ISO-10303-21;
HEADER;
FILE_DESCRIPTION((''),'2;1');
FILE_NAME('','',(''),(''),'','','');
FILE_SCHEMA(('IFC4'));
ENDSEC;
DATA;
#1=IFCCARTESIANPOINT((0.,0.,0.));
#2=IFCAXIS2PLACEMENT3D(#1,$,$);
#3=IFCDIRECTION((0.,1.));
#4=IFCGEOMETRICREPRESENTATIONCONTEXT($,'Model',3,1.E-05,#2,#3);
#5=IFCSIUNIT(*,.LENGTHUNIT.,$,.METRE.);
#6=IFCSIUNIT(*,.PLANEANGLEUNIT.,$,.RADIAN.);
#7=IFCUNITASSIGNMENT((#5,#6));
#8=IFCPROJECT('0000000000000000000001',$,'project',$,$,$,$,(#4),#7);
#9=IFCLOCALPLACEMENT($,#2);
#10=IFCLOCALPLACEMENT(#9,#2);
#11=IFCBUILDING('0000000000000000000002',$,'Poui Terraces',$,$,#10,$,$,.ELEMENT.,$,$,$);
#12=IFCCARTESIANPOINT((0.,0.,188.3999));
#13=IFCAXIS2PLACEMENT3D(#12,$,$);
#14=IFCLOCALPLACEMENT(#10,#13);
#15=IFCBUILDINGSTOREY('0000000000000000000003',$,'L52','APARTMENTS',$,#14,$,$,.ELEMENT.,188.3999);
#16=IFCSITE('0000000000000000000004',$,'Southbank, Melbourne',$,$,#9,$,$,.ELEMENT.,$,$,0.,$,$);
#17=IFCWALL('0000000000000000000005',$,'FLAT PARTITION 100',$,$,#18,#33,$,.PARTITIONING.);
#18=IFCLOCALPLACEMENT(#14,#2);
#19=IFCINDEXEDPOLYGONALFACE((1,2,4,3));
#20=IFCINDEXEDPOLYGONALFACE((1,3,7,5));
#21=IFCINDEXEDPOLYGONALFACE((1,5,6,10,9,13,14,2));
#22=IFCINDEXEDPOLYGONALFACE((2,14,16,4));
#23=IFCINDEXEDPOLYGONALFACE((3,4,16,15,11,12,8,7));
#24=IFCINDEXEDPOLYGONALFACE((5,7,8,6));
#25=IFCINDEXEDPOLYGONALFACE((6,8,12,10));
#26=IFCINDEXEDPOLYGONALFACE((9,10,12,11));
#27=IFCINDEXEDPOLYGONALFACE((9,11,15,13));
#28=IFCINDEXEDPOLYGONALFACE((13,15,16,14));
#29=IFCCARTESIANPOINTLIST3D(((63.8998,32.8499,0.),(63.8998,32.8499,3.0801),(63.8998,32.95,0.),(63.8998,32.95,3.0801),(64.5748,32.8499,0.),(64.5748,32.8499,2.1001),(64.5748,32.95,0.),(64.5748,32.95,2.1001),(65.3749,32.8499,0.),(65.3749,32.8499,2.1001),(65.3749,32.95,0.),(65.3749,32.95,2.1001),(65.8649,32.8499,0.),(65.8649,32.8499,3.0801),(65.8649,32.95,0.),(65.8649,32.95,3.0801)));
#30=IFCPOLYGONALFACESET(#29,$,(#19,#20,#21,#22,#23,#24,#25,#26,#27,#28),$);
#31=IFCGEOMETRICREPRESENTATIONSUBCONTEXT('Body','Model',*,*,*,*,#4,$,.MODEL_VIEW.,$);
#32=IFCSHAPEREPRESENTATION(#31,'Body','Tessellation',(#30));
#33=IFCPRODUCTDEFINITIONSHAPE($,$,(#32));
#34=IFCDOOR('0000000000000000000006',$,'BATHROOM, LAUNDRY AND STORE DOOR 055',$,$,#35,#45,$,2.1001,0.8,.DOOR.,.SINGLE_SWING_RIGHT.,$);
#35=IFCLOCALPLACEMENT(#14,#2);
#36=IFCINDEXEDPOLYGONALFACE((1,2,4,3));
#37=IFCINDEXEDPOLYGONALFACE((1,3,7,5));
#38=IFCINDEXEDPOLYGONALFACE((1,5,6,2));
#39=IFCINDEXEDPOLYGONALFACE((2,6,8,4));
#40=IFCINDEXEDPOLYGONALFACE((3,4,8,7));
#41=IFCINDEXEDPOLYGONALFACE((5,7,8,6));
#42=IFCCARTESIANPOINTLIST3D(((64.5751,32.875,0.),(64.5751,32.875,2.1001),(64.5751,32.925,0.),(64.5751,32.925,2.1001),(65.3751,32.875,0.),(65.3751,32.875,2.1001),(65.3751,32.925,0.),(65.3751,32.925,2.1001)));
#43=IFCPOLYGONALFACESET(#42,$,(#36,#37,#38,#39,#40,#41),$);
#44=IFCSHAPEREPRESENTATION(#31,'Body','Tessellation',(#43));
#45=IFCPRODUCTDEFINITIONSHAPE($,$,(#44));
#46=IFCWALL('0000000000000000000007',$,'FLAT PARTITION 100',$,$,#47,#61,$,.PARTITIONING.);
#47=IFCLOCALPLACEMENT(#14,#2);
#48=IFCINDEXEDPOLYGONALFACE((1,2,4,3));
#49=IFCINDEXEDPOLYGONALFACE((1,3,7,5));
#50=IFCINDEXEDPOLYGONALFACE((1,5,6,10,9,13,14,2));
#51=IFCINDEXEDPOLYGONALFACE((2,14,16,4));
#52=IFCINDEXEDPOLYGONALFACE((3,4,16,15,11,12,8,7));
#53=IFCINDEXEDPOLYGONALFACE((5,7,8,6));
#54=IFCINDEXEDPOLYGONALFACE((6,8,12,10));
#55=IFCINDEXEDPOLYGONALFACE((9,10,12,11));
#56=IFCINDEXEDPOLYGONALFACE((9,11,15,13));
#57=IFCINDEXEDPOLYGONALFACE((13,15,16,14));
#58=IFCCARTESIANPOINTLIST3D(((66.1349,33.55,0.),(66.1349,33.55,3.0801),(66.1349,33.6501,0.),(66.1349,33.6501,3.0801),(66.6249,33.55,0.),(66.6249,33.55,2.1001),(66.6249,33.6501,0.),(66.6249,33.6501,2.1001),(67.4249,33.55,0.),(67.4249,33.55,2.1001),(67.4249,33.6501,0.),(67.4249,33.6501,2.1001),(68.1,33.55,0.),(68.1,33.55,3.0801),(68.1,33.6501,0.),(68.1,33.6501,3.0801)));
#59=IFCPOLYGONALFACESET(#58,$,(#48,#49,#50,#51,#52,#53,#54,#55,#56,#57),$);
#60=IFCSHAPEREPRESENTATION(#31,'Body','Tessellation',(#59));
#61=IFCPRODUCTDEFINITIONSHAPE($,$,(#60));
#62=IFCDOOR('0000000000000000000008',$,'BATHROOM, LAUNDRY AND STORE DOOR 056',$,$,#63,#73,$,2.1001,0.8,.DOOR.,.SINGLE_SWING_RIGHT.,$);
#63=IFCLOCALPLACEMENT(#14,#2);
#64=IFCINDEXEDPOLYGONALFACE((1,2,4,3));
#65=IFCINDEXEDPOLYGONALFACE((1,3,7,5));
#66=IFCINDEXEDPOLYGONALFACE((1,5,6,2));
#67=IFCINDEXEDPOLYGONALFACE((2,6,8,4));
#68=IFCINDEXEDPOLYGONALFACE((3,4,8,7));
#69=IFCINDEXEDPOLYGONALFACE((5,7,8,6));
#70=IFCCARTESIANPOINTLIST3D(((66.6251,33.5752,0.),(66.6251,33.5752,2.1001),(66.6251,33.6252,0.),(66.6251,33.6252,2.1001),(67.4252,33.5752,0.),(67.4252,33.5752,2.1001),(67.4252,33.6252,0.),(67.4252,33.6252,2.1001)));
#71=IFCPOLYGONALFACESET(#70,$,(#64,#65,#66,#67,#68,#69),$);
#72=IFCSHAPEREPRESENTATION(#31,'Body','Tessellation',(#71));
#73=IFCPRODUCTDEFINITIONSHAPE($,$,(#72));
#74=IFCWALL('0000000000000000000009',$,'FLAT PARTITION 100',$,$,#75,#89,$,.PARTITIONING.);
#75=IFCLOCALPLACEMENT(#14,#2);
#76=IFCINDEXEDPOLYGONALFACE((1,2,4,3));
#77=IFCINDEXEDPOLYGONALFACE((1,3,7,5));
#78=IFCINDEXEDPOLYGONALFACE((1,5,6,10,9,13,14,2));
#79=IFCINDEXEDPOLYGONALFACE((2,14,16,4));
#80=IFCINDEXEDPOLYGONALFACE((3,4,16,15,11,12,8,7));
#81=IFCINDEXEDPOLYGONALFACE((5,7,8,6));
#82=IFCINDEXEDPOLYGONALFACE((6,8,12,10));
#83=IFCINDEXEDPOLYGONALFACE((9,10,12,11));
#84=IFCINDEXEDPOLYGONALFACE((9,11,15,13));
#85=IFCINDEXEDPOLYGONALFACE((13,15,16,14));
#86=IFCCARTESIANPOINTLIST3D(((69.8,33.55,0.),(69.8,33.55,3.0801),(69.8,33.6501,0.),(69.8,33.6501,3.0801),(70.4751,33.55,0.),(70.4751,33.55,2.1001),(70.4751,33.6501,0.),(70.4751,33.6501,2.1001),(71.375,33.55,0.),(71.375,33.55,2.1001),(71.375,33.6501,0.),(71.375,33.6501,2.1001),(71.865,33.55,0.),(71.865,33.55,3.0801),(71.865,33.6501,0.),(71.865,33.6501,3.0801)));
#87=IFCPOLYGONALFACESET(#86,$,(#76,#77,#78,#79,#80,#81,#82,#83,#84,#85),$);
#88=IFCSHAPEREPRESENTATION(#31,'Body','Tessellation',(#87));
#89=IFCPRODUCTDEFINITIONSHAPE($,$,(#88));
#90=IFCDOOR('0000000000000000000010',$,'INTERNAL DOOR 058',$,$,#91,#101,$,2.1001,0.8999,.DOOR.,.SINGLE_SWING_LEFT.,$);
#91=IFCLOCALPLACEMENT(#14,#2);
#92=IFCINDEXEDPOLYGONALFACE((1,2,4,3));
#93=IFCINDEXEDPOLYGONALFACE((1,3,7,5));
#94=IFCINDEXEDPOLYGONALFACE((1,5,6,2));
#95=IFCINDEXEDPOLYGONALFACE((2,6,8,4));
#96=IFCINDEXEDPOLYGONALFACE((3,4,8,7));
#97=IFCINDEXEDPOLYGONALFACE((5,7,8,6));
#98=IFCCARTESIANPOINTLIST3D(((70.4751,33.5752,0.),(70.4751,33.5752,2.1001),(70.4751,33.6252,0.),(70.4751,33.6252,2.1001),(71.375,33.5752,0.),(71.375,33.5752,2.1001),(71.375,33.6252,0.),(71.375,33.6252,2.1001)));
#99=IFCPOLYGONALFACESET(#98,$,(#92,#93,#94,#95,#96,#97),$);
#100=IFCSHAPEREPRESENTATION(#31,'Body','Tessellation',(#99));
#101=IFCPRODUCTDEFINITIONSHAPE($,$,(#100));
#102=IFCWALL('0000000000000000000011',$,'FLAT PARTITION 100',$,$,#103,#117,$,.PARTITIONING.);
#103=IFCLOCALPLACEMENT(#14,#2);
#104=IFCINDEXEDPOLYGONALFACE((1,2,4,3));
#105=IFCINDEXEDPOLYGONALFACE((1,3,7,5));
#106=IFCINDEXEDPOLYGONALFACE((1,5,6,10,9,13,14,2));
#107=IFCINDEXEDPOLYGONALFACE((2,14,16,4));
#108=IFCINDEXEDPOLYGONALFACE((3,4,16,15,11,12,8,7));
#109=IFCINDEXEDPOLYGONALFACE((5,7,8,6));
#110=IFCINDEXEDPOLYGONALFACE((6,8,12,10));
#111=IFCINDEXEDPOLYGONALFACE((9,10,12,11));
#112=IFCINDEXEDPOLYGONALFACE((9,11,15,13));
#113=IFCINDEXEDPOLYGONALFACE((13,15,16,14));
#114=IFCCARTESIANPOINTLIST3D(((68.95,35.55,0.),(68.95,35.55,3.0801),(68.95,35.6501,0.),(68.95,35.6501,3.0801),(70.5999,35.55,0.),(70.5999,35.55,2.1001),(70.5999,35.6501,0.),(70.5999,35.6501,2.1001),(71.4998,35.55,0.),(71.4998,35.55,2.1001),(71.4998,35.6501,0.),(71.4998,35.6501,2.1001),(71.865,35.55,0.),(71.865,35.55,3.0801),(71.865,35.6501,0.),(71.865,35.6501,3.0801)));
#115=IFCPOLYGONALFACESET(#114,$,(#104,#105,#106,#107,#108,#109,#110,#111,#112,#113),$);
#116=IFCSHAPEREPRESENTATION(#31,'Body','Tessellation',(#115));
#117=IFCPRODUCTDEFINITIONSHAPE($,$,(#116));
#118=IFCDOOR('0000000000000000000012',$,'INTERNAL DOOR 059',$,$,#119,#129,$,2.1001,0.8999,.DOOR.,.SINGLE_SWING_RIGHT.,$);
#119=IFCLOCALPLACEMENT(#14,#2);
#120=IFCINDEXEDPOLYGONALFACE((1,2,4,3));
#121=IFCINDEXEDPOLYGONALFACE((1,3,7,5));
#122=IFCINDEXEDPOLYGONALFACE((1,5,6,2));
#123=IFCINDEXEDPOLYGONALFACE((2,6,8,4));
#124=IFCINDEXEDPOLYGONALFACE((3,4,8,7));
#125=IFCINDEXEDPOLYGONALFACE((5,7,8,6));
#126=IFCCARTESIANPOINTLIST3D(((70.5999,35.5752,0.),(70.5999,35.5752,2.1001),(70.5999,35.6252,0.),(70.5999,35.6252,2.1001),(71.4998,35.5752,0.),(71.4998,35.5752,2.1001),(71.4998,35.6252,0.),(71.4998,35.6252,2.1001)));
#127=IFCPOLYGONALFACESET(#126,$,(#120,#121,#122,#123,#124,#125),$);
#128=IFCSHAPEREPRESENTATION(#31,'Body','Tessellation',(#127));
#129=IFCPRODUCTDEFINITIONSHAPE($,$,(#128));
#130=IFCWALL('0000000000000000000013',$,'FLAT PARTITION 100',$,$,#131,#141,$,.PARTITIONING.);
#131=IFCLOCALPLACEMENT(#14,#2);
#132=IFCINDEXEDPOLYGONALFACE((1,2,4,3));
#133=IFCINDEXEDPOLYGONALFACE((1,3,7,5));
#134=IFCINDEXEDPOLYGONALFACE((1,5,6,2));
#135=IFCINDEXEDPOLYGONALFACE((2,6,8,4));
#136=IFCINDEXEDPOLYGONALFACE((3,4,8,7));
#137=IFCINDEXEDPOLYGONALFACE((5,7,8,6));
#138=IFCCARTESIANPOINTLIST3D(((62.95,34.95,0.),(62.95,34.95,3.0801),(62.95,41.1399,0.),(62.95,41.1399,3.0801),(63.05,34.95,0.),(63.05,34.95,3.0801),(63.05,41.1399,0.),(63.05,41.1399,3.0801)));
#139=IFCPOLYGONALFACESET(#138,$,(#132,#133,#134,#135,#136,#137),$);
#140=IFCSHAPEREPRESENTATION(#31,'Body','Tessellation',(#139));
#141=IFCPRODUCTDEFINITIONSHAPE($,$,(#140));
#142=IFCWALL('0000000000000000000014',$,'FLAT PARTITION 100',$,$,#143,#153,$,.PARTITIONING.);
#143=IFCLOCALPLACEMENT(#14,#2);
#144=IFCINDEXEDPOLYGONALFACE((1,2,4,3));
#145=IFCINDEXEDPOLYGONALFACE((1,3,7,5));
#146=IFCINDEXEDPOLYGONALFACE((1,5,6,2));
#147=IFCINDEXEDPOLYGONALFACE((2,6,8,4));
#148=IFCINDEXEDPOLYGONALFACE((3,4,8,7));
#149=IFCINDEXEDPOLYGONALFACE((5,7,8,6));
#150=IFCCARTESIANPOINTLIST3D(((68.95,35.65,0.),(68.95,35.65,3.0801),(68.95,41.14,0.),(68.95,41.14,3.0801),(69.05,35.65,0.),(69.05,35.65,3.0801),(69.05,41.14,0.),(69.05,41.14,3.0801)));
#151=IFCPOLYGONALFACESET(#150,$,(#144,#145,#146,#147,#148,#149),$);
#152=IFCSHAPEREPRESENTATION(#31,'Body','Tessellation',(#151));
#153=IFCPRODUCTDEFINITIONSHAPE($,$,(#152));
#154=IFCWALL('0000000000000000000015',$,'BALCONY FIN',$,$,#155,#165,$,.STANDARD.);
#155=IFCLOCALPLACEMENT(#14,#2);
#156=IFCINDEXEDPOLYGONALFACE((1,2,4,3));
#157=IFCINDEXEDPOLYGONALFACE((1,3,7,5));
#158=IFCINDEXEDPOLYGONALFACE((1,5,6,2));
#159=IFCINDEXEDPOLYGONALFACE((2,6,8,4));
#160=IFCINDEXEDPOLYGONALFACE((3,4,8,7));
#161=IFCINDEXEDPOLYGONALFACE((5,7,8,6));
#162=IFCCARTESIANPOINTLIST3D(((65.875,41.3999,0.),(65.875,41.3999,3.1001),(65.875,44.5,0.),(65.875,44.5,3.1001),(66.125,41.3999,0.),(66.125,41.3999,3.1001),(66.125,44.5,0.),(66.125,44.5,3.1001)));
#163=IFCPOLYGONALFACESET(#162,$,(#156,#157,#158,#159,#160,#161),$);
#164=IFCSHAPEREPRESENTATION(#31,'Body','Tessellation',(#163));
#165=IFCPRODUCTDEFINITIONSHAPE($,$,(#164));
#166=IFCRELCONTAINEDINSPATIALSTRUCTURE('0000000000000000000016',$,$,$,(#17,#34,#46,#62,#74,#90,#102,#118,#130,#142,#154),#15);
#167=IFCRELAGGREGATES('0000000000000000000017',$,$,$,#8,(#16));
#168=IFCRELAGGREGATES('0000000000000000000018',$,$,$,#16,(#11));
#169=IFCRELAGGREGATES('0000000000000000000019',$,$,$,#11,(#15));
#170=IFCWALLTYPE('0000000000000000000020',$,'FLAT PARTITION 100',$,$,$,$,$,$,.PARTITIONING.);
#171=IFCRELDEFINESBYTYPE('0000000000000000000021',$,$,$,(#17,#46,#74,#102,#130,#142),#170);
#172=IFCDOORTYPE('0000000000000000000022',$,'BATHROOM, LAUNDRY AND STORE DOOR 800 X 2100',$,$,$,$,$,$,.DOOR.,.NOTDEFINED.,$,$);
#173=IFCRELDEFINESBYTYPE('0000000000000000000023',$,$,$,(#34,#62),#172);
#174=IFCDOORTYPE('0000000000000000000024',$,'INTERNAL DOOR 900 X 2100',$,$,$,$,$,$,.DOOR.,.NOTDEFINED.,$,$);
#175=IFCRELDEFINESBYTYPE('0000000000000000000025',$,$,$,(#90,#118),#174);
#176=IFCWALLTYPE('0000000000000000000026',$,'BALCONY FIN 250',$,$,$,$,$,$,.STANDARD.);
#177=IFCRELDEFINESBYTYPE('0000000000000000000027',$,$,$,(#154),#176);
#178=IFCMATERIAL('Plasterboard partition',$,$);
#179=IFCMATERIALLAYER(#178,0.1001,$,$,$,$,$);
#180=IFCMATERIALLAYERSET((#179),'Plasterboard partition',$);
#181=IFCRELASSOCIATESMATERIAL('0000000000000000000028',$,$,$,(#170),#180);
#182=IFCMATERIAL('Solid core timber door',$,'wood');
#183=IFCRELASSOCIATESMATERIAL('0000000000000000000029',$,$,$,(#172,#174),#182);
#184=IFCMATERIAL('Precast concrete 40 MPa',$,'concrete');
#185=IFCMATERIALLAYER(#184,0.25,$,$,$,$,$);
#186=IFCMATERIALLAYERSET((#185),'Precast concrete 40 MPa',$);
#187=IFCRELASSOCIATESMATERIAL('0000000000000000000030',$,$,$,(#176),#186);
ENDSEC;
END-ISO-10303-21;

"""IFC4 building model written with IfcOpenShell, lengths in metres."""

from ifc_helpers import new_model, si_unit, direction, frame, frame_2d, origin, place, context, subcontext, project, spatial, polyline, rectangle, outline, extrude, source, transform, mapped, material, layer, layer_set, type_object, element, fill, save


model = new_model("IFC4")

# Units and contexts
model_context = context("Model", 3, precision=1e-05, world=origin(), true_north=direction((0.0, 1.0)))
body_context = subcontext(model_context, "Body", "Model", "MODEL_VIEW")
ifc_project = project(units=[si_unit("LENGTHUNIT", "METRE"), si_unit("PLANEANGLEUNIT", "RADIAN")], contexts=[model_context])

# Site, building, storey
site_placement = place(None, origin())
site = spatial("IfcSite", under=ifc_project, at=site_placement, Name="Southbank, Melbourne", CompositionType="ELEMENT", RefElevation=0.0)
building_placement = place(site_placement, origin())
building = spatial("IfcBuilding", under=site, at=building_placement, Name="Poui Terraces", CompositionType="ELEMENT")
storey_placement = place(building_placement, frame((0.0, 0.0, 188.3999)))
storey = spatial("IfcBuildingStorey", under=building, at=storey_placement, Name="L52", Description="APARTMENTS", CompositionType="ELEMENT", Elevation=188.3999)

# Walls, openings, doors
ifc_material_1 = material(Name="Plasterboard partition")
ifc_layer_1 = layer(ifc_material_1, 0.1001)
ifc_layer_set_1 = layer_set([ifc_layer_1], Name="Plasterboard partition")
wall_type_1 = type_object("IfcWallType", Name="FLAT PARTITION 100", PredefinedType="PARTITIONING", material=ifc_layer_set_1)
wall_1_placement = place(storey_placement, frame((63.8999, 32.8999, 0.0), z_axis=(0.0, 0.0, 1.0), x_axis=(1.0, 0.0, 0.0)))
wall_1 = element("IfcWall", 1, at=wall_1_placement, inside=storey, type_object=wall_type_1, Name="FLAT PARTITION 100", PredefinedType="PARTITIONING", context=body_context, shape_type="SweptSolid", body=[
    extrude(rectangle(XDim=1.9651, YDim=0.1001, at=frame_2d((0.9824, 0.0))), origin(), (0.0, 0.0, 1.0), 3.0801),
])
opening_1_placement = place(wall_1_placement, frame((0.675, 0.0, 0.0)))
opening_1 = element("IfcOpeningElement", 2, at=opening_1_placement, cuts=wall_1, PredefinedType="OPENING", context=body_context, shape_type="SweptSolid", body=[
    extrude(rectangle(XDim=0.8, YDim=2.1001, at=frame_2d((0.3999, 1.05))), frame((0.0, 0.0601, 0.0), z_axis=(0.0, -1.0, 0.0), x_axis=(1.0, 0.0, 0.0)), (0.0, 0.0, 1.0), 0.1201),
])
ifc_material_2 = material(Name="Solid core timber door", Category="wood")
door_type_1 = type_object("IfcDoorType", Name="BATHROOM, LAUNDRY AND STORE DOOR 800 X 2100", OperationType="NOTDEFINED", PredefinedType="DOOR", material=ifc_material_2)
door_1_placement = place(opening_1_placement, frame((0.8, 0.0, 0.0), z_axis=(0.0, 0.0, 1.0), x_axis=(-1.0, 0.0, 0.0)))
door_1 = element("IfcDoor", 3, at=door_1_placement, inside=storey, type_object=door_type_1, Name="BATHROOM, LAUNDRY AND STORE DOOR 055", OperationType="SINGLE_SWING_RIGHT", OverallHeight=2.1001, OverallWidth=0.8, PredefinedType="DOOR", context=body_context, shape_type="SweptSolid", body=[
    extrude(rectangle(XDim=0.8, YDim=2.1001, at=frame_2d((0.3999, 1.05))), frame((0.0, 0.0249, 0.0), z_axis=(0.0, -1.0, 0.0), x_axis=(1.0, 0.0, 0.0)), (0.0, 0.0, 1.0), 0.05),
])
fill(opening_1, door_1)
wall_2_placement = place(storey_placement, frame((66.135, 33.6001, 0.0), z_axis=(0.0, 0.0, 1.0), x_axis=(1.0, 0.0, 0.0)))
wall_2 = element("IfcWall", 4, at=wall_2_placement, inside=storey, type_object=wall_type_1, Name="FLAT PARTITION 100", PredefinedType="PARTITIONING", context=body_context, shape_type="SweptSolid", body=[
    extrude(rectangle(XDim=1.9651, YDim=0.1001, at=frame_2d((0.9824, 0.0))), origin(), (0.0, 0.0, 1.0), 3.0801),
])
opening_2_placement = place(wall_2_placement, frame((0.49, 0.0, 0.0)))
opening_2 = element("IfcOpeningElement", 5, at=opening_2_placement, cuts=wall_2, PredefinedType="OPENING", context=body_context, shape_type="SweptSolid", body=[
    extrude(rectangle(XDim=0.8, YDim=2.1001, at=frame_2d((0.3999, 1.05))), frame((0.0, 0.0601, 0.0), z_axis=(0.0, -1.0, 0.0), x_axis=(1.0, 0.0, 0.0)), (0.0, 0.0, 1.0), 0.1201),
])
door_2_placement = place(opening_2_placement, frame((0.8, 0.0, 0.0), z_axis=(0.0, 0.0, 1.0), x_axis=(-1.0, 0.0, 0.0)))
door_2 = element("IfcDoor", 6, at=door_2_placement, inside=storey, type_object=door_type_1, Name="BATHROOM, LAUNDRY AND STORE DOOR 056", OperationType="SINGLE_SWING_RIGHT", OverallHeight=2.1001, OverallWidth=0.8, PredefinedType="DOOR", context=body_context, shape_type="SweptSolid", body=[
    extrude(rectangle(XDim=0.8, YDim=2.1001, at=frame_2d((0.3999, 1.05))), frame((0.0, 0.0249, 0.0), z_axis=(0.0, -1.0, 0.0), x_axis=(1.0, 0.0, 0.0)), (0.0, 0.0, 1.0), 0.05),
])
fill(opening_2, door_2)
wall_3_placement = place(storey_placement, frame((69.8, 33.6001, 0.0), z_axis=(0.0, 0.0, 1.0), x_axis=(1.0, 0.0, 0.0)))
wall_3 = element("IfcWall", 7, at=wall_3_placement, inside=storey, type_object=wall_type_1, Name="FLAT PARTITION 100", PredefinedType="PARTITIONING", context=body_context, shape_type="SweptSolid", body=[
    extrude(rectangle(XDim=2.0649, YDim=0.1001, at=frame_2d((1.0325, 0.0))), origin(), (0.0, 0.0, 1.0), 3.0801),
])
opening_3_placement = place(wall_3_placement, frame((0.675, 0.0, 0.0)))
opening_3 = element("IfcOpeningElement", 8, at=opening_3_placement, cuts=wall_3, PredefinedType="OPENING", context=body_context, shape_type="SweptSolid", body=[
    extrude(rectangle(XDim=0.8999, YDim=2.1001, at=frame_2d((0.45, 1.05))), frame((0.0, 0.0601, 0.0), z_axis=(0.0, -1.0, 0.0), x_axis=(1.0, 0.0, 0.0)), (0.0, 0.0, 1.0), 0.1201),
])
door_type_2 = type_object("IfcDoorType", Name="INTERNAL DOOR 900 X 2100", OperationType="NOTDEFINED", PredefinedType="DOOR", material=ifc_material_2)
door_3_placement = place(opening_3_placement, frame((0.8999, 0.0, 0.0), z_axis=(0.0, 0.0, 1.0), x_axis=(-1.0, 0.0, 0.0)))
door_3 = element("IfcDoor", 9, at=door_3_placement, inside=storey, type_object=door_type_2, Name="INTERNAL DOOR 058", OperationType="SINGLE_SWING_LEFT", OverallHeight=2.1001, OverallWidth=0.8999, PredefinedType="DOOR", context=body_context, shape_type="SweptSolid", body=[
    extrude(rectangle(XDim=0.8999, YDim=2.1001, at=frame_2d((0.45, 1.05))), frame((0.0, 0.0249, 0.0), z_axis=(0.0, -1.0, 0.0), x_axis=(1.0, 0.0, 0.0)), (0.0, 0.0, 1.0), 0.05),
])
fill(opening_3, door_3)
wall_4_placement = place(storey_placement, frame((68.95, 35.6001, 0.0), z_axis=(0.0, 0.0, 1.0), x_axis=(1.0, 0.0, 0.0)))
wall_4 = element("IfcWall", 10, at=wall_4_placement, inside=storey, type_object=wall_type_1, Name="FLAT PARTITION 100", PredefinedType="PARTITIONING", context=body_context, shape_type="SweptSolid", body=[
    extrude(rectangle(XDim=2.915, YDim=0.1001, at=frame_2d((1.4575, 0.0))), origin(), (0.0, 0.0, 1.0), 3.0801),
])
opening_4_placement = place(wall_4_placement, frame((1.6499, 0.0, 0.0)))
opening_4 = element("IfcOpeningElement", 11, at=opening_4_placement, cuts=wall_4, PredefinedType="OPENING", context=body_context, shape_type="SweptSolid", body=[
    extrude(rectangle(XDim=0.8999, YDim=2.1001, at=frame_2d((0.45, 1.05))), frame((0.0, 0.0601, 0.0), z_axis=(0.0, -1.0, 0.0), x_axis=(1.0, 0.0, 0.0)), (0.0, 0.0, 1.0), 0.1201),
])
door_4_placement = place(opening_4_placement, frame((0.8999, 0.0, 0.0), z_axis=(0.0, 0.0, 1.0), x_axis=(-1.0, 0.0, 0.0)))
door_4 = element("IfcDoor", 12, at=door_4_placement, inside=storey, type_object=door_type_2, Name="INTERNAL DOOR 059", OperationType="SINGLE_SWING_RIGHT", OverallHeight=2.1001, OverallWidth=0.8999, PredefinedType="DOOR", context=body_context, shape_type="SweptSolid", body=[
    extrude(rectangle(XDim=0.8999, YDim=2.1001, at=frame_2d((0.45, 1.05))), frame((0.0, 0.0249, 0.0), z_axis=(0.0, -1.0, 0.0), x_axis=(1.0, 0.0, 0.0)), (0.0, 0.0, 1.0), 0.05),
])
fill(opening_4, door_4)

# Walls
wall_5_placement = place(storey_placement, frame((63.0, 34.95, 0.0), z_axis=(0.0, 0.0, 1.0), x_axis=(0.0, 1.0, 0.0)))
element("IfcWall", 13, at=wall_5_placement, inside=storey, type_object=wall_type_1, Name="FLAT PARTITION 100", PredefinedType="PARTITIONING", context=body_context, shape_type="SweptSolid", body=[
    extrude(rectangle(XDim=6.1899, YDim=0.1001, at=frame_2d((3.095, 0.0))), origin(), (0.0, 0.0, 1.0), 3.0801),
])
wall_6_placement = place(storey_placement, frame((69.0, 35.6499, 0.0), z_axis=(0.0, 0.0, 1.0), x_axis=(0.0, 1.0, 0.0)))
element("IfcWall", 14, at=wall_6_placement, inside=storey, type_object=wall_type_1, Name="FLAT PARTITION 100", PredefinedType="PARTITIONING", context=body_context, shape_type="SweptSolid", body=[
    extrude(rectangle(XDim=5.49, YDim=0.1001, at=frame_2d((2.7451, 0.0))), origin(), (0.0, 0.0, 1.0), 3.0801),
])
ifc_material_3 = material(Name="Precast concrete 40 MPa", Category="concrete")
ifc_layer_2 = layer(ifc_material_3, 0.25)
ifc_layer_set_2 = layer_set([ifc_layer_2], Name="Precast concrete 40 MPa")
wall_type_2 = type_object("IfcWallType", Name="BALCONY FIN 250", PredefinedType="STANDARD", material=ifc_layer_set_2)
shared_shape_1 = source(origin(), body_context, "Body", "SweptSolid", [
    extrude(outline(polyline([(0.0, 0.0), (0.25, 0.0), (0.25, 3.1001), (0.0, 3.1001), (0.0, 0.0)])), origin(), (0.0, 0.0, 1.0), 3.1001),
])
wall_7_placement = place(storey_placement, frame((65.875, 41.3999, 0.0)))
element("IfcWall", 15, at=wall_7_placement, inside=storey, type_object=wall_type_2, Name="BALCONY FIN", PredefinedType="STANDARD", context=body_context, shape_type="MappedRepresentation", body=[
    mapped(shared_shape_1, transform((0.0, 0.0, 0.0))),
])

save(model, "model.ifc")
